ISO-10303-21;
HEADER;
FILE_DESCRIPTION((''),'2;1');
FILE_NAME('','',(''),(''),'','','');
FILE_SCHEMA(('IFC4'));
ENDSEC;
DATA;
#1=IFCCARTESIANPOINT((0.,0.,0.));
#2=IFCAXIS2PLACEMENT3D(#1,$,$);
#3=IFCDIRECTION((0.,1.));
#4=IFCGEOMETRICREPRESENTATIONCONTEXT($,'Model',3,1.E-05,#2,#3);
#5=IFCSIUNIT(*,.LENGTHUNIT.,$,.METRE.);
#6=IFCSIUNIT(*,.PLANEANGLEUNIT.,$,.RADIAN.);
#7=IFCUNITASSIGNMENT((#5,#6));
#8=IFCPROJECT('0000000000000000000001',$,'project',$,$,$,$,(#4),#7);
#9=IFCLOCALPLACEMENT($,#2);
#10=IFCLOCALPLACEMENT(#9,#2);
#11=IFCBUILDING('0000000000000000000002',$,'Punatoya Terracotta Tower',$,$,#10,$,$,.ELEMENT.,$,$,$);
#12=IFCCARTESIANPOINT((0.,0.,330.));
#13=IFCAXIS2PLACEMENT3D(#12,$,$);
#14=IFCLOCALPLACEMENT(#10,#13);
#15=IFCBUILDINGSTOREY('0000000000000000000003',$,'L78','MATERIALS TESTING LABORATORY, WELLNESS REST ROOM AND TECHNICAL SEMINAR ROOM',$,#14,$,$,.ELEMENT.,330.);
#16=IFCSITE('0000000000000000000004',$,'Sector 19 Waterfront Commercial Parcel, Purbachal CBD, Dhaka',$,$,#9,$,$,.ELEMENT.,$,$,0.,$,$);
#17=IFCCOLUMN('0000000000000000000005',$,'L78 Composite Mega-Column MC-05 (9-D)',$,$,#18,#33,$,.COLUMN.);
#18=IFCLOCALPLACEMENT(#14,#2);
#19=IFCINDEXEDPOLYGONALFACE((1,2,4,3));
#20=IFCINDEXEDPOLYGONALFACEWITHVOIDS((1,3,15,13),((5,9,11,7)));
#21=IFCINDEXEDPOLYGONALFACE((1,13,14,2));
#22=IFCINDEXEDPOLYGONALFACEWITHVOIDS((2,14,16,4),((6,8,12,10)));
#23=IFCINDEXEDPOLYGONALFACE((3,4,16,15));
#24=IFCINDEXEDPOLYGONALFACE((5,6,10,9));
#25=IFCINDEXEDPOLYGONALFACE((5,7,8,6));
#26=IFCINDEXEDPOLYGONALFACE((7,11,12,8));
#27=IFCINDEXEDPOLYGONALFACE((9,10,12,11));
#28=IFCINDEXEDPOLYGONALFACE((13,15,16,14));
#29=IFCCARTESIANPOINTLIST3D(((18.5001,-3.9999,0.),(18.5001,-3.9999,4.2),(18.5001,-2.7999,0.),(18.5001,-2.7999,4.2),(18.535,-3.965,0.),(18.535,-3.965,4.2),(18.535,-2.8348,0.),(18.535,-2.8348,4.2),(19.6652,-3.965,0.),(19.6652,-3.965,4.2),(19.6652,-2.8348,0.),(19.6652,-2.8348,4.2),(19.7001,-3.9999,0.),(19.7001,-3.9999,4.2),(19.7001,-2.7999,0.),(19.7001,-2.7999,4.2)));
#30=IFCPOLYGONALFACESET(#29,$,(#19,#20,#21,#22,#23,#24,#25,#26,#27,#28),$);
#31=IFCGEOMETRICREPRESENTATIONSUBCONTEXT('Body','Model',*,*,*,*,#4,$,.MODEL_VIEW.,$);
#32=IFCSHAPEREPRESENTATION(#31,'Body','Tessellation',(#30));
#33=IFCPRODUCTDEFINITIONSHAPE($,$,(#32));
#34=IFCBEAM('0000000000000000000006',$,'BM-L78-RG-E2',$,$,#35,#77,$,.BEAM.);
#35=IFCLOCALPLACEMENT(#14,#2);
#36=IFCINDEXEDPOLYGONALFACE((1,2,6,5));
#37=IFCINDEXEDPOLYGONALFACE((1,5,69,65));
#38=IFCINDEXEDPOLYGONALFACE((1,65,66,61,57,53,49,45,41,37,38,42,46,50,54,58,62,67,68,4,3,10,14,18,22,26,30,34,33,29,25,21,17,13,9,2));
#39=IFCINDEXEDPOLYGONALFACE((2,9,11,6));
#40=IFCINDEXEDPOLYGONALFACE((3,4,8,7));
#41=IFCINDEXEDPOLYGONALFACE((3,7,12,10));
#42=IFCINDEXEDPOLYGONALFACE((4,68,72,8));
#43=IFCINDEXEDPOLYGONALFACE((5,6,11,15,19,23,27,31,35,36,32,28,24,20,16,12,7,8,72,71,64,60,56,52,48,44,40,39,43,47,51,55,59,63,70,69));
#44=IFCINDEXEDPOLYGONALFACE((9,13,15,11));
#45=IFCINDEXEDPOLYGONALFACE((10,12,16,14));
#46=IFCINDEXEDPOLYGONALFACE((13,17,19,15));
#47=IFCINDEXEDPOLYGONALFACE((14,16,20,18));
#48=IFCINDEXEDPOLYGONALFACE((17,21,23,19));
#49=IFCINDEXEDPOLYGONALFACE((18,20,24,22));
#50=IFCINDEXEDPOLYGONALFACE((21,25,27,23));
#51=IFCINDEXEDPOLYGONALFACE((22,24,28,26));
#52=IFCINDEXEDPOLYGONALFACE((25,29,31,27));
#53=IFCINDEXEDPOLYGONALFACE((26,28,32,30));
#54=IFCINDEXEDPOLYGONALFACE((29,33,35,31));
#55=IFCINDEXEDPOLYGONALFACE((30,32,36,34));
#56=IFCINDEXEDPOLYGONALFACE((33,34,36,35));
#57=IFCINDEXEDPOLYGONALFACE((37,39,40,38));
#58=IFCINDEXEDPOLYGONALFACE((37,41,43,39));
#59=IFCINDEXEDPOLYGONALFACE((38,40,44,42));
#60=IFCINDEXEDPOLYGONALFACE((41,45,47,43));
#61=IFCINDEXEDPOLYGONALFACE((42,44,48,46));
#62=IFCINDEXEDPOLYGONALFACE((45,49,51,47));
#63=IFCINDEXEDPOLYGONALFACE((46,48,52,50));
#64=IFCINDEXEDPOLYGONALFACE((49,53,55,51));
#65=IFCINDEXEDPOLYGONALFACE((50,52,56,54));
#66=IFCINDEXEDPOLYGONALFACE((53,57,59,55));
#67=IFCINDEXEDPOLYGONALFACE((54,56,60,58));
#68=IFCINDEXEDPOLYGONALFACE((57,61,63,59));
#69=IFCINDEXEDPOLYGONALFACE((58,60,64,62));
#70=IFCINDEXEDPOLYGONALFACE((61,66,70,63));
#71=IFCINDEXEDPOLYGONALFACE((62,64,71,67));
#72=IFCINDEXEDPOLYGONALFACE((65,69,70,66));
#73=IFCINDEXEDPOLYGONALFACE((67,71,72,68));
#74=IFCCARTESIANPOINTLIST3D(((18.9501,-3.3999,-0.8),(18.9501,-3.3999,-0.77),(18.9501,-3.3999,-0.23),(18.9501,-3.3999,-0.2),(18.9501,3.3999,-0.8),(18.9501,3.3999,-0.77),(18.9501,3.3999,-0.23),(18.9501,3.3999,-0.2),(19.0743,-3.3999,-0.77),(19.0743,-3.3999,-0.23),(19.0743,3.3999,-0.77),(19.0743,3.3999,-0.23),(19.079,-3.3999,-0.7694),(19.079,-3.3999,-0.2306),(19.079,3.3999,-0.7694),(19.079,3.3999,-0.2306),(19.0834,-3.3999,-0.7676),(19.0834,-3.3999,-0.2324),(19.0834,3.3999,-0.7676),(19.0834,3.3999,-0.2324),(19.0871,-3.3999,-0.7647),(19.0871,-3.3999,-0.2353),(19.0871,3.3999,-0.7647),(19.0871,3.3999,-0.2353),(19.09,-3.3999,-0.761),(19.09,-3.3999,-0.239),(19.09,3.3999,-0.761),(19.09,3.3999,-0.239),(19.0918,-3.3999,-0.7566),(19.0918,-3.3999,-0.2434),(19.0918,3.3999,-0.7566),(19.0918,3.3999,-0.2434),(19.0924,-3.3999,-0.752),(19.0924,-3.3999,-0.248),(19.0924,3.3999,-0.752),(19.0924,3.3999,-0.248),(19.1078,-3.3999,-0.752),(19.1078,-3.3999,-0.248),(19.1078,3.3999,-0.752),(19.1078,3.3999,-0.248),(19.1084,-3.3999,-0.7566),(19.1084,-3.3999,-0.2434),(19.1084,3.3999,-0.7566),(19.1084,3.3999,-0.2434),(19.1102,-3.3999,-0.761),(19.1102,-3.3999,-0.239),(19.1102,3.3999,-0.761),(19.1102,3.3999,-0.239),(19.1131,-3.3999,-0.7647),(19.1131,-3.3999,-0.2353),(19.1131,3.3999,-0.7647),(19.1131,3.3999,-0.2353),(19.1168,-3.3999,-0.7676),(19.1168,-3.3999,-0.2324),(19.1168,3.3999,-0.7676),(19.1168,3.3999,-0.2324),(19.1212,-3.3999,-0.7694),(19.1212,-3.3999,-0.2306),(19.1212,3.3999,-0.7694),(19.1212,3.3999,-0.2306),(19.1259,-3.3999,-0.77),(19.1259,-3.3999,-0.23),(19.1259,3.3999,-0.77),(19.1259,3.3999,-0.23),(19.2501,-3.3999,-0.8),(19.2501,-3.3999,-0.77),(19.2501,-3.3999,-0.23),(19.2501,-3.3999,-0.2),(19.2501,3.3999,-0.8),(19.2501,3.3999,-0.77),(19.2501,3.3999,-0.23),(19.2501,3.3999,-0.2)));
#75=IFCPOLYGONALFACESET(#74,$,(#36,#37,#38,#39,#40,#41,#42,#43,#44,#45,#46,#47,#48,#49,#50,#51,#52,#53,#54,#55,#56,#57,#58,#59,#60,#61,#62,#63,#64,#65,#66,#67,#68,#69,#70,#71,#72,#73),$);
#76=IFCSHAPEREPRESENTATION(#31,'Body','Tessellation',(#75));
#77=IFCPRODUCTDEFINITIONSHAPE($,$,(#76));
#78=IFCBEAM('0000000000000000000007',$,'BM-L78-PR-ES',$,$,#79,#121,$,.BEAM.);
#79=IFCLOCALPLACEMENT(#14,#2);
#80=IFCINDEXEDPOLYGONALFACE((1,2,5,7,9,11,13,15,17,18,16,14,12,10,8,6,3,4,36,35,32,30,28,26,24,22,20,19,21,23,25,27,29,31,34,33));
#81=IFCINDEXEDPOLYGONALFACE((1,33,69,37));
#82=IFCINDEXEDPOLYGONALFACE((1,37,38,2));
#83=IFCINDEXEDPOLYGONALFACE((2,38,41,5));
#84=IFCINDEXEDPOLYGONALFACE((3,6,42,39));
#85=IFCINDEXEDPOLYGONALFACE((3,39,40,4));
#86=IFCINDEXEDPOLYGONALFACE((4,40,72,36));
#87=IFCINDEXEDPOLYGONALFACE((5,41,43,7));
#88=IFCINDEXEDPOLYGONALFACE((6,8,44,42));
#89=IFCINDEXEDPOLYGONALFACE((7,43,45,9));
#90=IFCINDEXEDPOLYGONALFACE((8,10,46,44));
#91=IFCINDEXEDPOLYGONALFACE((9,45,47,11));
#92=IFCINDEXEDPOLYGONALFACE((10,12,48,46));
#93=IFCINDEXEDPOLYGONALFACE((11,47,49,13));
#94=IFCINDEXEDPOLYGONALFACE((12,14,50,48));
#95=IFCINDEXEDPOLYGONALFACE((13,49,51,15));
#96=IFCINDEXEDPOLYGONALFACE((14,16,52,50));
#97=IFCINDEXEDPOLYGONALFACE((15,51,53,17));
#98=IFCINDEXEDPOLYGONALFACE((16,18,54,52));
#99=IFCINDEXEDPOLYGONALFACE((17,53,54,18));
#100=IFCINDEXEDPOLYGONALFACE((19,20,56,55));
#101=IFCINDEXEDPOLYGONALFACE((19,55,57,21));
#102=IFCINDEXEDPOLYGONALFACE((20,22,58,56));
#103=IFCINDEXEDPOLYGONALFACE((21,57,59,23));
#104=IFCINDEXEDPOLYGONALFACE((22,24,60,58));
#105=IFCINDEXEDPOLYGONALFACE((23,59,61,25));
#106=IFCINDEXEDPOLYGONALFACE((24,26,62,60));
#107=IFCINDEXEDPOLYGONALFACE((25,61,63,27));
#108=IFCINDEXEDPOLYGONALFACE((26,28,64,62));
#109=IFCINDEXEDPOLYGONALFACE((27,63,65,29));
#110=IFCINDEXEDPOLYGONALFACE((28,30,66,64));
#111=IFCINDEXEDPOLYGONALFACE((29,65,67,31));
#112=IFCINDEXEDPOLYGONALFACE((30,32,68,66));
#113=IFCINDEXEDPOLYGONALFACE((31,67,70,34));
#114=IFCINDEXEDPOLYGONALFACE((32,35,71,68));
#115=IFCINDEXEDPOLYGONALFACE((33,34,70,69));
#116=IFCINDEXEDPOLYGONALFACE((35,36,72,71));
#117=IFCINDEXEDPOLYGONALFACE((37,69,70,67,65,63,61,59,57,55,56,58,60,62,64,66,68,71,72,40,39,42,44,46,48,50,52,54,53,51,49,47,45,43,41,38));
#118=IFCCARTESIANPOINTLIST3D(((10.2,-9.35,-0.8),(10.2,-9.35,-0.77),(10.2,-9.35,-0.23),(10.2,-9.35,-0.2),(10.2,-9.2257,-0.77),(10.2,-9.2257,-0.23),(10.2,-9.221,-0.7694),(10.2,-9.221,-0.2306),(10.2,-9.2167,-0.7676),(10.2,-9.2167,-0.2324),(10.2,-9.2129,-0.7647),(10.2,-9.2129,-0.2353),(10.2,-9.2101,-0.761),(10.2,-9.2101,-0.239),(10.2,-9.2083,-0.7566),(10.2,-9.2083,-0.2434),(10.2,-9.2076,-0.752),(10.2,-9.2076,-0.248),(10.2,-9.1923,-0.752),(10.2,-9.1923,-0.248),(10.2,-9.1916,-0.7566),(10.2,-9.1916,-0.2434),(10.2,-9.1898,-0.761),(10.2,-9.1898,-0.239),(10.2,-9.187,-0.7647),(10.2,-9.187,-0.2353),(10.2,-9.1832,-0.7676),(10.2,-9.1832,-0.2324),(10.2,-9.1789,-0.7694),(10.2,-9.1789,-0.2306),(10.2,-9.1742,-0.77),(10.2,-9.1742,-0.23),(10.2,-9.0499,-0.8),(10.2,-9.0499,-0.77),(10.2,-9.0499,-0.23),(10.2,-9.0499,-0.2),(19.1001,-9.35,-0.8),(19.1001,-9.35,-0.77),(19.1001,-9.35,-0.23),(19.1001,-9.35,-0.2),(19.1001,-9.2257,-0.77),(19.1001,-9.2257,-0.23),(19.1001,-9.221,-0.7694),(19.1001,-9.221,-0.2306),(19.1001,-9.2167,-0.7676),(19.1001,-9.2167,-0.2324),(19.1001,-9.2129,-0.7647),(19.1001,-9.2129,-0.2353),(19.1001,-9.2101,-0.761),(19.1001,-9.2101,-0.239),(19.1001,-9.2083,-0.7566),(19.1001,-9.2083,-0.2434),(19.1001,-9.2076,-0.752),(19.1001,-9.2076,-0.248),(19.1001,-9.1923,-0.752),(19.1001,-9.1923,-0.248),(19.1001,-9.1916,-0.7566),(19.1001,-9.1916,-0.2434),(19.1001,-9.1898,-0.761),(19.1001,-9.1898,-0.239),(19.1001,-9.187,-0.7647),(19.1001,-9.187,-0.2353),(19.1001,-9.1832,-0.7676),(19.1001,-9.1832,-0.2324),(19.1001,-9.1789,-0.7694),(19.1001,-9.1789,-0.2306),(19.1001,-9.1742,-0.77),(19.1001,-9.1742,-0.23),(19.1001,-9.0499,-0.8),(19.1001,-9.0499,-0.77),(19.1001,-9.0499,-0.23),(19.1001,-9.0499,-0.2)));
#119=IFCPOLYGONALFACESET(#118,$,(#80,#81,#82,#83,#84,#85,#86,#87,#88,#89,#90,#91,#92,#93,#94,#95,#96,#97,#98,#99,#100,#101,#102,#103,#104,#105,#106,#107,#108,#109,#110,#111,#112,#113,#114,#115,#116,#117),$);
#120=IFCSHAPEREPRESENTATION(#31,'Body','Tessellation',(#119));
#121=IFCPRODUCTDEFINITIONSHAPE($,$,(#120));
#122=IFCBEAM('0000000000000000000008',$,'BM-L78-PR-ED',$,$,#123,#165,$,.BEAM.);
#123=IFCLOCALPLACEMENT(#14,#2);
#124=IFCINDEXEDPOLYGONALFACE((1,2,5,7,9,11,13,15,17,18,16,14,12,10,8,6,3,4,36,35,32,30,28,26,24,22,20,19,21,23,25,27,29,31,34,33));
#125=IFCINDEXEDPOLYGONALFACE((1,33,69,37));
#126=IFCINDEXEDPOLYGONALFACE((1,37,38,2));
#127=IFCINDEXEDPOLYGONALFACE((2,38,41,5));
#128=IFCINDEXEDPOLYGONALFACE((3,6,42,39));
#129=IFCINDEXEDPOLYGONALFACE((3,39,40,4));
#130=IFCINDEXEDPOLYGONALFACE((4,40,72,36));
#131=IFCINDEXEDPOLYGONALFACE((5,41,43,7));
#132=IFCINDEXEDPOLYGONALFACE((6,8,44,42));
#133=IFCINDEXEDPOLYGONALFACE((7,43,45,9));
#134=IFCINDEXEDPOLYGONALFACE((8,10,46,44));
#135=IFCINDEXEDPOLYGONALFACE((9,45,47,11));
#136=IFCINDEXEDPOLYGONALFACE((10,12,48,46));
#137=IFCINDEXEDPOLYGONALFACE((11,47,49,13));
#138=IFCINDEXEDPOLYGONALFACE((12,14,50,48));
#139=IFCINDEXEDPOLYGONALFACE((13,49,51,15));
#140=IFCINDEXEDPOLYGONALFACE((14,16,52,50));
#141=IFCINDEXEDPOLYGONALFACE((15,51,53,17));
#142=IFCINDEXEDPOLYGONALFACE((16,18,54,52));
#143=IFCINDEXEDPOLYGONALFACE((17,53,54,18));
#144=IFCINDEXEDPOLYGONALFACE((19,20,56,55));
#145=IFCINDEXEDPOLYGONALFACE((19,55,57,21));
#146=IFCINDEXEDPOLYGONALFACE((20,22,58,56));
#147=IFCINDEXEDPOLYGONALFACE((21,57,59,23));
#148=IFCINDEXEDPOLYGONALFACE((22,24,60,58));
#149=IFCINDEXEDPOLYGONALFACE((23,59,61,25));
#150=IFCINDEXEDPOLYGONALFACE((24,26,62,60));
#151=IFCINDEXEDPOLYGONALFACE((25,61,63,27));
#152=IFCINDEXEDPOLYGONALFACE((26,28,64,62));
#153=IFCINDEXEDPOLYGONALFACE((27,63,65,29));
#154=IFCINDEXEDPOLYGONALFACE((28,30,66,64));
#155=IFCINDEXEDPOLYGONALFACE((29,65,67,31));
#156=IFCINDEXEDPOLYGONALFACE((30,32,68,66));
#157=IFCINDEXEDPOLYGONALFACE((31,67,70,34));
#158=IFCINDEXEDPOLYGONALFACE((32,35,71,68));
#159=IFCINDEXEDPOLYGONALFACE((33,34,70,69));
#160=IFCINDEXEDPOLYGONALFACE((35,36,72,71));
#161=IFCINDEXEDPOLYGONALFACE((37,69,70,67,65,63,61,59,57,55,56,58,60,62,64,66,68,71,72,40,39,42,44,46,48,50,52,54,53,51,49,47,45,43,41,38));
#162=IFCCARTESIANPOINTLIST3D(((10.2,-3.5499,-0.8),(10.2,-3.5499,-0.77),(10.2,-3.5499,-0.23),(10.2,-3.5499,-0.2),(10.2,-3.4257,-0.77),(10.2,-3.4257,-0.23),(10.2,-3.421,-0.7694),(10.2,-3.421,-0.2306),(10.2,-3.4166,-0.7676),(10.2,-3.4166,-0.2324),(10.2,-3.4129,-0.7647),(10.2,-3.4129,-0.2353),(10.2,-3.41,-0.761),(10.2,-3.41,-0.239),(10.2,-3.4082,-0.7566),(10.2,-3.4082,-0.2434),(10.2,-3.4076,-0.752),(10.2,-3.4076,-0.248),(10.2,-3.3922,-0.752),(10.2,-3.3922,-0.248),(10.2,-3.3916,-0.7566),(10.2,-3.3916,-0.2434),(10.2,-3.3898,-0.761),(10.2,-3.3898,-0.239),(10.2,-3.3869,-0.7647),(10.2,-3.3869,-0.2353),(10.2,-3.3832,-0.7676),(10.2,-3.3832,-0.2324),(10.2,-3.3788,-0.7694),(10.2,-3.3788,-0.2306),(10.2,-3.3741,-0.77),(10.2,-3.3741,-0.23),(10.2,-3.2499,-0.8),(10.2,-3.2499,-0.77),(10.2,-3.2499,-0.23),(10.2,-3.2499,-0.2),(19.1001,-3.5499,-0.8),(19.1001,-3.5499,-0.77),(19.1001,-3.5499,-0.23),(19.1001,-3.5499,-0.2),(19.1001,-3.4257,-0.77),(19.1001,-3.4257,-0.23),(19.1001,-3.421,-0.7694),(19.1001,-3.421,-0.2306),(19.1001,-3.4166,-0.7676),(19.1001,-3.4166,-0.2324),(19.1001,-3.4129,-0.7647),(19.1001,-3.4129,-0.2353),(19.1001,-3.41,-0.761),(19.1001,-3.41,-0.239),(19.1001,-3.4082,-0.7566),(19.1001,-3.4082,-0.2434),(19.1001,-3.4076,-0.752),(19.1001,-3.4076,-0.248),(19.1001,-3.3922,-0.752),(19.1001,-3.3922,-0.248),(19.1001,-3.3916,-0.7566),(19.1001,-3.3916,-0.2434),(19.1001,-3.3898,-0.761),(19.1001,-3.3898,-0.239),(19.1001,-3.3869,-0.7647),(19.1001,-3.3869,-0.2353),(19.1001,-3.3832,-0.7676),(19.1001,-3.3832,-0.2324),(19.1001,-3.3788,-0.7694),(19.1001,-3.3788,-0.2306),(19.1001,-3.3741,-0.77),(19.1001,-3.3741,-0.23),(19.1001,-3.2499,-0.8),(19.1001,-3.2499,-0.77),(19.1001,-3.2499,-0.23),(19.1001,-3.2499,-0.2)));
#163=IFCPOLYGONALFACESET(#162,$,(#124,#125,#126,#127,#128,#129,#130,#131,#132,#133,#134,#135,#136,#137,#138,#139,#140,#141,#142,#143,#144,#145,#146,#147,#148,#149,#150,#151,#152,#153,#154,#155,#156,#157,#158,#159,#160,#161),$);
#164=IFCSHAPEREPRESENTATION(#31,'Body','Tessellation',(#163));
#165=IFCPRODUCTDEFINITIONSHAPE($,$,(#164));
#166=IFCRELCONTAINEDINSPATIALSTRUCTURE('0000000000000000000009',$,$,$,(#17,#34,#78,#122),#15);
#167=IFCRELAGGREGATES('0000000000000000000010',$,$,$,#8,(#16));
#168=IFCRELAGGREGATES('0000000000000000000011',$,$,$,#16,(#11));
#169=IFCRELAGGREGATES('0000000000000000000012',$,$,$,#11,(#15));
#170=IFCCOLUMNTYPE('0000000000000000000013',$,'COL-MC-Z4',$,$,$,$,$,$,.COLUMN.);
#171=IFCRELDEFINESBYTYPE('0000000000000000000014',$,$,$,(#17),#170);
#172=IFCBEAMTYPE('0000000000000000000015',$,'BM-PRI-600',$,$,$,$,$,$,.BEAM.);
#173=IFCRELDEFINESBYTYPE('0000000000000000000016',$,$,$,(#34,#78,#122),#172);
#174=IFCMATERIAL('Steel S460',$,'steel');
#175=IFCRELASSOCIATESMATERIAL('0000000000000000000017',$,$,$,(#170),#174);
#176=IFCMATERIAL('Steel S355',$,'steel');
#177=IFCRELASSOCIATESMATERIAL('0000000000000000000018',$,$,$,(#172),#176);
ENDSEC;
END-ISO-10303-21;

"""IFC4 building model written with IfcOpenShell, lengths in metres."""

from ifc_helpers import new_model, si_unit, direction, frame, origin, origin_2d, place, context, subcontext, project, spatial, hollow_rectangle, i_section, extrude, material, material_profile, profile_set, type_object, element, save


model = new_model("IFC4")

# Units and contexts
model_context = context("Model", 3, precision=1e-05, world=origin(), true_north=direction((0.0, 1.0)))
body_context = subcontext(model_context, "Body", "Model", "MODEL_VIEW")
ifc_project = project(units=[si_unit("LENGTHUNIT", "METRE"), si_unit("PLANEANGLEUNIT", "RADIAN")], contexts=[model_context])

# Site, building, storey
site_placement = place(None, origin())
site = spatial("IfcSite", under=ifc_project, at=site_placement, Name="Sector 19 Waterfront Commercial Parcel, Purbachal CBD, Dhaka", CompositionType="ELEMENT", RefElevation=0.0)
building_placement = place(site_placement, origin())
building = spatial("IfcBuilding", under=site, at=building_placement, Name="Punatoya Terracotta Tower", CompositionType="ELEMENT")
storey_placement = place(building_placement, frame((0.0, 0.0, 330.0)))
storey = spatial("IfcBuildingStorey", under=building, at=storey_placement, Name="L78", Description="MATERIALS TESTING LABORATORY, WELLNESS REST ROOM AND TECHNICAL SEMINAR ROOM", CompositionType="ELEMENT", Elevation=330.0)

# Column
ifc_material_1 = material(Name="Steel S460", Category="steel")
ifc_material_profile_1 = material_profile(ifc_material_1, hollow_rectangle(XDim=1.2, YDim=1.2, WallThickness=0.0349, at=origin_2d()))
ifc_profile_set_1 = profile_set([ifc_material_profile_1], Name="Steel S460")
column_type = type_object("IfcColumnType", Name="COL-MC-Z4", PredefinedType="COLUMN", material=ifc_profile_set_1)
column_placement = place(storey_placement, frame((19.1001, -3.3999, 0.0), z_axis=(0.0, 0.0, 1.0), x_axis=(1.0, 0.0, 0.0)))
element("IfcColumn", 1, at=column_placement, inside=storey, type_object=column_type, Name="L78 Composite Mega-Column MC-05 (9-D)", PredefinedType="COLUMN", context=body_context, shape_type="SweptSolid", body=[
    extrude(hollow_rectangle(XDim=1.2, YDim=1.2, WallThickness=0.0349, at=origin_2d()), origin(), (0.0, 0.0, 1.0), 4.2),
])

# Beams
ifc_material_2 = material(Name="Steel S355", Category="steel")
ifc_material_profile_2 = material_profile(ifc_material_2, i_section(OverallWidth=0.3, OverallDepth=0.6001, WebThickness=0.0154, FlangeThickness=0.03, FilletRadius=0.0181, at=origin_2d()))
ifc_profile_set_2 = profile_set([ifc_material_profile_2], Name="Steel S355")
beam_type_1 = type_object("IfcBeamType", Name="BM-PRI-600", PredefinedType="BEAM", material=ifc_profile_set_2)
beam_1_placement = place(storey_placement, frame((19.1001, -3.3999, -0.5), z_axis=(0.0, 1.0, 0.0), x_axis=(-1.0, 0.0, 0.0)))
element("IfcBeam", 2, at=beam_1_placement, inside=storey, type_object=beam_type_1, Name="BM-L78-RG-E2", PredefinedType="BEAM", context=body_context, shape_type="SweptSolid", body=[
    extrude(i_section(OverallWidth=0.3, OverallDepth=0.6001, WebThickness=0.0154, FlangeThickness=0.03, FilletRadius=0.0181, at=origin_2d()), origin(), (0.0, 0.0, 1.0), 6.7998),
])
for number, where, z_axis, x_axis, name in (
    (3, (10.2, -9.2, -0.5), (1.0, 0.0, 0.0), (0.0, 1.0, 0.0), "BM-L78-PR-ES"),
    (4, (10.2, -3.3999, -0.5), (1.0, 0.0, 0.0), (0.0, 1.0, 0.0), "BM-L78-PR-ED"),
):
    element("IfcBeam", number, at=place(storey_placement, frame(where, z_axis=z_axis, x_axis=x_axis)), inside=storey, type_object=beam_type_1, Name=name, PredefinedType="BEAM", context=body_context, shape_type="SweptSolid", body=[
        extrude(i_section(OverallWidth=0.3, OverallDepth=0.6001, WebThickness=0.0154, FlangeThickness=0.03, FilletRadius=0.0181, at=origin_2d()), origin(), (0.0, 0.0, 1.0), 8.9001),
    ])

save(model, "model.ifc")
